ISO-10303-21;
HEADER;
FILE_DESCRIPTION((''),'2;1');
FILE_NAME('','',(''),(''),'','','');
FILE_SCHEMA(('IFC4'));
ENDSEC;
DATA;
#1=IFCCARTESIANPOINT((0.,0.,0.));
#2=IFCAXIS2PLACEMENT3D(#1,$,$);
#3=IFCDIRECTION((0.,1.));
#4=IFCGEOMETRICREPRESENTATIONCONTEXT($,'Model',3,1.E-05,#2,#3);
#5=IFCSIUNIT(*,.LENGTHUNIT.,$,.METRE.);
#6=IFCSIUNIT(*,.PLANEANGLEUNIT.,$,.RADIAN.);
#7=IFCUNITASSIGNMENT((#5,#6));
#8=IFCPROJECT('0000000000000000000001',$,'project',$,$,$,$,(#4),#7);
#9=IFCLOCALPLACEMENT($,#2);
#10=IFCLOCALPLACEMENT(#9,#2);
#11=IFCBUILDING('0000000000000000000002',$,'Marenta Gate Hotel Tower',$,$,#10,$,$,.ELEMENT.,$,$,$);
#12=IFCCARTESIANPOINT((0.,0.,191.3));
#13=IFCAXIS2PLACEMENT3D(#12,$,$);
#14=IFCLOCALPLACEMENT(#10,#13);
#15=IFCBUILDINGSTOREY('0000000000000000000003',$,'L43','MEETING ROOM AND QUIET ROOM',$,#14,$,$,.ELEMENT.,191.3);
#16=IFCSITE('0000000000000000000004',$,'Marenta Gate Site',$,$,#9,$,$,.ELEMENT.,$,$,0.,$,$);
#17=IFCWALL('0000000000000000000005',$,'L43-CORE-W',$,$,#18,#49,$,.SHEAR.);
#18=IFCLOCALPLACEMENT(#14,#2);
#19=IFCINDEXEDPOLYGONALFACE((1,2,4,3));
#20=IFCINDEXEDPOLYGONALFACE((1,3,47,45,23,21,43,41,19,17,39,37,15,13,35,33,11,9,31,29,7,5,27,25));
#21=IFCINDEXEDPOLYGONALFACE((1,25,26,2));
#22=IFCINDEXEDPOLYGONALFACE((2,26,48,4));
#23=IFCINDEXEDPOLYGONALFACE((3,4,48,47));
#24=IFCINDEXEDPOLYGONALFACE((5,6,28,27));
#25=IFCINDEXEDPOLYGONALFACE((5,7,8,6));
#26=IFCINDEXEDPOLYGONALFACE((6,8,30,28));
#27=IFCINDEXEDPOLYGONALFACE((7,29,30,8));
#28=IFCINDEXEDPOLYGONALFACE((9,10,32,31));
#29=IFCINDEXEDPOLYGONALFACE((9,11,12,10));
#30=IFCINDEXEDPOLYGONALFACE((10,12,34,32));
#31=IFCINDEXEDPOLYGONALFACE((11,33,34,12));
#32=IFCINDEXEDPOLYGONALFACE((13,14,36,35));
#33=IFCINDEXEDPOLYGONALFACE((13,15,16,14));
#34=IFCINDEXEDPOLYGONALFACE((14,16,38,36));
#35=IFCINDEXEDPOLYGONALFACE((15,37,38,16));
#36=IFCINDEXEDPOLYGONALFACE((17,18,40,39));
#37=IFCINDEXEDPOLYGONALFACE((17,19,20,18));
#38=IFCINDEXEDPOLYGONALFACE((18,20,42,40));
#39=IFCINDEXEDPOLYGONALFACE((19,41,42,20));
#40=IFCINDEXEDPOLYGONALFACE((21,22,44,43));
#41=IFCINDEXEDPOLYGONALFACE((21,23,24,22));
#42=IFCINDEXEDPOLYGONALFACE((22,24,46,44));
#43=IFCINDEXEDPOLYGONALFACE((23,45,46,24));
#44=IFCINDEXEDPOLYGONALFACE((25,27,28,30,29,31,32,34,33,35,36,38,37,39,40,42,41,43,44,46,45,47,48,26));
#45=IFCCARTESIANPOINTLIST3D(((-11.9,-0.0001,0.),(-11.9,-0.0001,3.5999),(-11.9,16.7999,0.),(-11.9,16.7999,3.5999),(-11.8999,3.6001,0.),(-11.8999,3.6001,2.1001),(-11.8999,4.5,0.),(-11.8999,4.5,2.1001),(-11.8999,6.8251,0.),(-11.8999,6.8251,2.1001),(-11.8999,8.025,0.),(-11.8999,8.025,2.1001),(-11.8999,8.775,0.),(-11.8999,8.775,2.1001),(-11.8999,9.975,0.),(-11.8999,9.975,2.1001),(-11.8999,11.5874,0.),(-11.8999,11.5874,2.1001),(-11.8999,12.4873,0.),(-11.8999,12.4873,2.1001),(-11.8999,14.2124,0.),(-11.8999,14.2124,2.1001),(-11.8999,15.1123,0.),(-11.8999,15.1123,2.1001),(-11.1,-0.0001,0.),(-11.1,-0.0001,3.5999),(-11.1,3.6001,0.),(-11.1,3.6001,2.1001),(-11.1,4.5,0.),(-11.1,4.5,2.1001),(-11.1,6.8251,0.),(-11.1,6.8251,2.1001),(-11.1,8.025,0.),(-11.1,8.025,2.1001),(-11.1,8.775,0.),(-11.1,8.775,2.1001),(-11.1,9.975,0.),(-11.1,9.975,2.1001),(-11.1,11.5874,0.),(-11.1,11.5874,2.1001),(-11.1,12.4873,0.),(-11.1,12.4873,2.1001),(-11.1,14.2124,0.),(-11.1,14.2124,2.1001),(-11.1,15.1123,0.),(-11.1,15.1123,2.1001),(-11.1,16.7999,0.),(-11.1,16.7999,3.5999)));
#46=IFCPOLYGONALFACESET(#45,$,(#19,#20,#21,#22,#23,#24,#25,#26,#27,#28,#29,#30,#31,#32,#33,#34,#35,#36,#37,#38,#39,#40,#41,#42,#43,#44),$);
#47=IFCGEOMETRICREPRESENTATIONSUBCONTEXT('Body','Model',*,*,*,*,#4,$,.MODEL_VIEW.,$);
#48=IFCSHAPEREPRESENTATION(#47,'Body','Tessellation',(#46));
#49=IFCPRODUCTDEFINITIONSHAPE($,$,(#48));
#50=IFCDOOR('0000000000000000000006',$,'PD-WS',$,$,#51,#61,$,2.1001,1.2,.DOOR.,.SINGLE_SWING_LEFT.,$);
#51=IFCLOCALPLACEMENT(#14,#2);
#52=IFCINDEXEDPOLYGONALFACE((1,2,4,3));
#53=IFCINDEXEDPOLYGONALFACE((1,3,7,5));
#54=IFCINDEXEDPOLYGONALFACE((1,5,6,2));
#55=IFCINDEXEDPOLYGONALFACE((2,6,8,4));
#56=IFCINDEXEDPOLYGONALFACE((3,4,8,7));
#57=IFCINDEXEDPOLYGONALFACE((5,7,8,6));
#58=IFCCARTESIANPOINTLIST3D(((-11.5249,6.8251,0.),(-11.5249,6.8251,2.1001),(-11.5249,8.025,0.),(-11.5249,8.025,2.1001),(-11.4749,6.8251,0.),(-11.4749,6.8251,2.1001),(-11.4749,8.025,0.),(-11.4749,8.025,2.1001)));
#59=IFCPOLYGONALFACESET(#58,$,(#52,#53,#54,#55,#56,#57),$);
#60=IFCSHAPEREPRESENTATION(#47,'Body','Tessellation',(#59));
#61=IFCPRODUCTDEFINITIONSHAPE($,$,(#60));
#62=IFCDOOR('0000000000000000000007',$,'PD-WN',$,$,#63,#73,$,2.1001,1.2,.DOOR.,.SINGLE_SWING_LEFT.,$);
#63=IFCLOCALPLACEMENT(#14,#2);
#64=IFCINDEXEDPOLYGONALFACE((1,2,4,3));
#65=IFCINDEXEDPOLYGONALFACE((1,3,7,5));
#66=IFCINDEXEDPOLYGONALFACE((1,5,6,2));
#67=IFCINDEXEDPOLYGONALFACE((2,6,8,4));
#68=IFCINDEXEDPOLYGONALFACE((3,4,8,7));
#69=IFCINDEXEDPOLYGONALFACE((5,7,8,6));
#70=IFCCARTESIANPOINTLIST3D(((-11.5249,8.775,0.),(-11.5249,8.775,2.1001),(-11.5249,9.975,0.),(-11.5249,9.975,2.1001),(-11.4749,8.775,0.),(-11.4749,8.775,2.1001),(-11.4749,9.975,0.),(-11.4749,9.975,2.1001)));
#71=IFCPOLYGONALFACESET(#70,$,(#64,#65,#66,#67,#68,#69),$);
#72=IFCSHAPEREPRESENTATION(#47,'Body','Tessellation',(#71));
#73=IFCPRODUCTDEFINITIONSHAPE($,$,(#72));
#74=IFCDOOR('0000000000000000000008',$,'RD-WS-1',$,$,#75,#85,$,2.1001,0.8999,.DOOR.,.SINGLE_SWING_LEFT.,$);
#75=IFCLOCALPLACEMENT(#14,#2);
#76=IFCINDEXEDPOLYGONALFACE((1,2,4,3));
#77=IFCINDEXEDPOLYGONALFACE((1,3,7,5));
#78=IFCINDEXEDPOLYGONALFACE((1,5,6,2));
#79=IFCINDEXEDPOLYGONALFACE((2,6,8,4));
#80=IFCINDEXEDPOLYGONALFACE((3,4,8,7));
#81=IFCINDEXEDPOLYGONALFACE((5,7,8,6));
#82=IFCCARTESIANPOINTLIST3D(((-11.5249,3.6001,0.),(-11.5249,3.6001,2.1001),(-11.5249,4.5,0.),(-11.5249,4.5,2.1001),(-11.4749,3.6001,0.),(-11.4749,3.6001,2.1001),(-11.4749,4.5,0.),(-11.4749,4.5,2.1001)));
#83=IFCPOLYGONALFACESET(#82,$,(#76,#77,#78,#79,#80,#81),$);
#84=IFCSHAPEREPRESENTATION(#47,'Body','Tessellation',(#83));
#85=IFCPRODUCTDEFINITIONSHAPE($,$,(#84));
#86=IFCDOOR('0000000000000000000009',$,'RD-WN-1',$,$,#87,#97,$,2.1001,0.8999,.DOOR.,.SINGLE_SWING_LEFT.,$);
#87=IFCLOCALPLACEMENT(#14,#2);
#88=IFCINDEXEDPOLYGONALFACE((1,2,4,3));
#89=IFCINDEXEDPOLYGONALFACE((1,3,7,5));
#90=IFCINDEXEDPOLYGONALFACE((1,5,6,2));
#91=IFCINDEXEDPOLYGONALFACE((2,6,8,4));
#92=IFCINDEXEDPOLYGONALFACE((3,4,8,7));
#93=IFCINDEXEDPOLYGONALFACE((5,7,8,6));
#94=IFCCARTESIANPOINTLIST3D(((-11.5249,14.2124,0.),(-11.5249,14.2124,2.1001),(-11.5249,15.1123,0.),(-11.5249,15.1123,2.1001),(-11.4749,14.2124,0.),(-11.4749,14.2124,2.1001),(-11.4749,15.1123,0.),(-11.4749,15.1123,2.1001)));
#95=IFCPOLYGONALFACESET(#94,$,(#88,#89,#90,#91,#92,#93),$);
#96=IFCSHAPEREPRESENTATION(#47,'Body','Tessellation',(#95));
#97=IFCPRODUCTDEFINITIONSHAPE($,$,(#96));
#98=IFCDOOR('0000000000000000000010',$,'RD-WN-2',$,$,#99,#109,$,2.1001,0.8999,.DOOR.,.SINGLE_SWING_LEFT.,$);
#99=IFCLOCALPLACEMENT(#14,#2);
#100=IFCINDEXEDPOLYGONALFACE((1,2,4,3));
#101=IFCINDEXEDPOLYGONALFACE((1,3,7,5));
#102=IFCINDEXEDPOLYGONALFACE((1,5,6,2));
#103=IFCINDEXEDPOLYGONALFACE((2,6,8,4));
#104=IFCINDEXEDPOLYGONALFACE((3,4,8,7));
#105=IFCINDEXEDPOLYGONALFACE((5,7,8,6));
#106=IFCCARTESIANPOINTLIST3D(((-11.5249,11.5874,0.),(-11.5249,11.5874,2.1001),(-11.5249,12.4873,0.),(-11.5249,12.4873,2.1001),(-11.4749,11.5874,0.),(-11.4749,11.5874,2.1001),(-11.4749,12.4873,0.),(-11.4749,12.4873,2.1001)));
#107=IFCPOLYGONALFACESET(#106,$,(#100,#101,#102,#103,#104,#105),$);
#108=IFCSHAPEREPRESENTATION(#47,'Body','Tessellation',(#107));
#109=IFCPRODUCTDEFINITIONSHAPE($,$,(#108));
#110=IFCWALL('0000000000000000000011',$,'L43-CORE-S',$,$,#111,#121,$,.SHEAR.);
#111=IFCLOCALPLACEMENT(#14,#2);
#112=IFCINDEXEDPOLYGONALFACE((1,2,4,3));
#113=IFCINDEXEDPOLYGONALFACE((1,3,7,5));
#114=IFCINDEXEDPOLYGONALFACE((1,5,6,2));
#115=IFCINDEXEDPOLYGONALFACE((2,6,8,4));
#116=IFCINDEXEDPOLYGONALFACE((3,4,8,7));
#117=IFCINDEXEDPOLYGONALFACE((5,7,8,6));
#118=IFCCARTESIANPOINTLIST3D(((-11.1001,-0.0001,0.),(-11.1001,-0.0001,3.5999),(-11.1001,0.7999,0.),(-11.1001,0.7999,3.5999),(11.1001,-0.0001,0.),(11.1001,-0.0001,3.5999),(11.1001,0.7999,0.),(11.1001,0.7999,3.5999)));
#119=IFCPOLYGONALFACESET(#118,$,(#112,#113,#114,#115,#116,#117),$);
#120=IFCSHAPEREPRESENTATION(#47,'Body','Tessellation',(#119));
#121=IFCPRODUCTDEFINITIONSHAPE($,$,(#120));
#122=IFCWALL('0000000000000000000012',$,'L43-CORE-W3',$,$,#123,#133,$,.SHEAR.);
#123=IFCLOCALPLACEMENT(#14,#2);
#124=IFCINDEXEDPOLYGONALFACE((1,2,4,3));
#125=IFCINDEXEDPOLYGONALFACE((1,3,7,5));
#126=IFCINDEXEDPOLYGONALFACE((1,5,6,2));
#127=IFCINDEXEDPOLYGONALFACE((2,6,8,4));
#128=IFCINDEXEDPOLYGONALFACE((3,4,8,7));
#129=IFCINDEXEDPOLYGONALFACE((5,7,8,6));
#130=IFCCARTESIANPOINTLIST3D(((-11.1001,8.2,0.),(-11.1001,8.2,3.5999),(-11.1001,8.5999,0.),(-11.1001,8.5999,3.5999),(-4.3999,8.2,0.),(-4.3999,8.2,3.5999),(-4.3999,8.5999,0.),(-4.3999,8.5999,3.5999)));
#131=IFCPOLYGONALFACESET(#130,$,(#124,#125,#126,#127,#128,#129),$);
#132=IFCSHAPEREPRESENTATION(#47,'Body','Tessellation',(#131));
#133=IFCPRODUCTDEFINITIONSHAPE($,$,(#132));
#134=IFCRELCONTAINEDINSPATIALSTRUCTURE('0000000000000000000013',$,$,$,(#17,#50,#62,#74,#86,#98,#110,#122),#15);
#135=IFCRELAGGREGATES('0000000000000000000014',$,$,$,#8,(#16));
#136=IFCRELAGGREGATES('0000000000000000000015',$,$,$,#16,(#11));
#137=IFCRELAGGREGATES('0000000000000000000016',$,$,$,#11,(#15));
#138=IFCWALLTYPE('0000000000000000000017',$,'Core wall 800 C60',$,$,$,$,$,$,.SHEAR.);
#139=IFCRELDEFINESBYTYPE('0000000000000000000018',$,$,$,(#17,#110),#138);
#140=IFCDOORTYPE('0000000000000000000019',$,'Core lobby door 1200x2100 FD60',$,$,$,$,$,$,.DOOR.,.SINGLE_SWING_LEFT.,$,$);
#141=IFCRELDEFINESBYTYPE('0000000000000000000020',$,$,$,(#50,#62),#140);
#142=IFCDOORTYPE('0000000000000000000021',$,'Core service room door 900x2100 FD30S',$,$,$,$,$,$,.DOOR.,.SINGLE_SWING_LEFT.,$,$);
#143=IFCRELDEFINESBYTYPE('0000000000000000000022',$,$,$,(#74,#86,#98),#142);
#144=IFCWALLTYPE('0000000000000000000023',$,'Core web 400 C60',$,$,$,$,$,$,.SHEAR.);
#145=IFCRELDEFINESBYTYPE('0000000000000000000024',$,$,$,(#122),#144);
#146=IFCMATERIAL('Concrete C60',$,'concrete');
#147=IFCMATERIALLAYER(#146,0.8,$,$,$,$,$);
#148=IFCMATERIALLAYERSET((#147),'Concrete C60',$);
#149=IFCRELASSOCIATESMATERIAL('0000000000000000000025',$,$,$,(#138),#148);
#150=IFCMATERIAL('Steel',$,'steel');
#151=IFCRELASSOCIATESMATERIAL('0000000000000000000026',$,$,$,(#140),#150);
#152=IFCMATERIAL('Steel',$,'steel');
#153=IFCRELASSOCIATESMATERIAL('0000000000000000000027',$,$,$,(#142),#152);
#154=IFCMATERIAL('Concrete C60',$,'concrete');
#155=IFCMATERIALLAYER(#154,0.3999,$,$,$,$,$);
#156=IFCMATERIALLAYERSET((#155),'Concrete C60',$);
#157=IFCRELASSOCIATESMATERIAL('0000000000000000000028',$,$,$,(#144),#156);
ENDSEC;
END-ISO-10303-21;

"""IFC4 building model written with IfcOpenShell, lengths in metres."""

from ifc_helpers import new_model, si_unit, direction, frame, frame_2d, origin, place, context, subcontext, project, spatial, rectangle, extrude, material, layer, layer_set, type_object, element, fill, save


model = new_model("IFC4")

# Units and contexts
model_context = context("Model", 3, precision=1e-05, world=origin(), true_north=direction((0.0, 1.0)))
body_context = subcontext(model_context, "Body", "Model", "MODEL_VIEW")
ifc_project = project(units=[si_unit("LENGTHUNIT", "METRE"), si_unit("PLANEANGLEUNIT", "RADIAN")], contexts=[model_context])

# Site, building, storey
site_placement = place(None, origin())
site = spatial("IfcSite", under=ifc_project, at=site_placement, Name="Marenta Gate Site", CompositionType="ELEMENT", RefElevation=0.0)
building_placement = place(site_placement, origin())
building = spatial("IfcBuilding", under=site, at=building_placement, Name="Marenta Gate Hotel Tower", CompositionType="ELEMENT")
storey_placement = place(building_placement, frame((0.0, 0.0, 191.3)))
storey = spatial("IfcBuildingStorey", under=building, at=storey_placement, Name="L43", Description="MEETING ROOM AND QUIET ROOM", CompositionType="ELEMENT", Elevation=191.3)

# Wall, openings, doors
ifc_material_1 = material(Name="Concrete C60", Category="concrete")
ifc_layer_1 = layer(ifc_material_1, 0.8)
ifc_layer_set_1 = layer_set([ifc_layer_1], Name="Concrete C60")
wall_type_1 = type_object("IfcWallType", Name="Core wall 800 C60", PredefinedType="SHEAR", material=ifc_layer_set_1)
wall_1_placement = place(storey_placement, frame((-11.5, 0.0, 0.0), z_axis=(0.0, 0.0, 1.0), x_axis=(0.0, 1.0, 0.0)))
wall_1 = element("IfcWall", 1, at=wall_1_placement, inside=storey, type_object=wall_type_1, Name="L43-CORE-W", PredefinedType="SHEAR", context=body_context, shape_type="SweptSolid", body=[
    extrude(rectangle(XDim=16.8, YDim=0.8, at=frame_2d((8.3999, 0.0))), origin(), (0.0, 0.0, 1.0), 3.5999),
])
opening_1_placement = place(wall_1_placement, frame((3.6001, 0.0, 0.0)))
opening_1 = element("IfcOpeningElement", 2, at=opening_1_placement, cuts=wall_1, PredefinedType="OPENING", context=body_context, shape_type="SweptSolid", body=[
    extrude(rectangle(XDim=0.8999, YDim=2.1001, at=frame_2d((0.45, 1.05))), frame((0.0, 0.3999, 0.0), z_axis=(0.0, -1.0, 0.0), x_axis=(1.0, 0.0, 0.0)), (0.0, 0.0, 1.0), 0.8),
])
opening_2_placement = place(wall_1_placement, frame((6.825, 0.0, 0.0)))
opening_2 = element("IfcOpeningElement", 3, at=opening_2_placement, cuts=wall_1, PredefinedType="OPENING", context=body_context, shape_type="SweptSolid", body=[
    extrude(rectangle(XDim=1.2, YDim=2.1001, at=frame_2d((0.6001, 1.05))), frame((0.0, 0.3999, 0.0), z_axis=(0.0, -1.0, 0.0), x_axis=(1.0, 0.0, 0.0)), (0.0, 0.0, 1.0), 0.8),
])
opening_3_placement = place(wall_1_placement, frame((14.2124, 0.0, 0.0)))
opening_3 = element("IfcOpeningElement", 4, at=opening_3_placement, cuts=wall_1, PredefinedType="OPENING", context=body_context, shape_type="SweptSolid", body=[
    extrude(rectangle(XDim=0.8999, YDim=2.1001, at=frame_2d((0.45, 1.05))), frame((0.0, 0.3999, 0.0), z_axis=(0.0, -1.0, 0.0), x_axis=(1.0, 0.0, 0.0)), (0.0, 0.0, 1.0), 0.8),
])
opening_4_placement = place(wall_1_placement, frame((11.5874, 0.0, 0.0)))
opening_4 = element("IfcOpeningElement", 5, at=opening_4_placement, cuts=wall_1, PredefinedType="OPENING", context=body_context, shape_type="SweptSolid", body=[
    extrude(rectangle(XDim=0.8999, YDim=2.1001, at=frame_2d((0.45, 1.05))), frame((0.0, 0.3999, 0.0), z_axis=(0.0, -1.0, 0.0), x_axis=(1.0, 0.0, 0.0)), (0.0, 0.0, 1.0), 0.8),
])
opening_5_placement = place(wall_1_placement, frame((8.7749, 0.0, 0.0)))
opening_5 = element("IfcOpeningElement", 6, at=opening_5_placement, cuts=wall_1, PredefinedType="OPENING", context=body_context, shape_type="SweptSolid", body=[
    extrude(rectangle(XDim=1.2, YDim=2.1001, at=frame_2d((0.6001, 1.05))), frame((0.0, 0.3999, 0.0), z_axis=(0.0, -1.0, 0.0), x_axis=(1.0, 0.0, 0.0)), (0.0, 0.0, 1.0), 0.8),
])
ifc_material_2 = material(Name="Steel", Category="steel")
door_type_1 = type_object("IfcDoorType", Name="Core lobby door 1200x2100 FD60", OperationType="SINGLE_SWING_LEFT", PredefinedType="DOOR", material=ifc_material_2)
door_1_placement = place(opening_2_placement, origin())
door_1 = element("IfcDoor", 7, at=door_1_placement, inside=storey, type_object=door_type_1, Name="PD-WS", OperationType="SINGLE_SWING_LEFT", OverallHeight=2.1001, OverallWidth=1.2, PredefinedType="DOOR", context=body_context, shape_type="SweptSolid", body=[
    extrude(rectangle(XDim=1.2, YDim=2.1001, at=frame_2d((0.6001, 1.05))), frame((0.0, 0.0249, 0.0), z_axis=(0.0, -1.0, 0.0), x_axis=(1.0, 0.0, 0.0)), (0.0, 0.0, 1.0), 0.05),
])
fill(opening_2, door_1)
door_2_placement = place(opening_5_placement, origin())
door_2 = element("IfcDoor", 8, at=door_2_placement, inside=storey, type_object=door_type_1, Name="PD-WN", OperationType="SINGLE_SWING_LEFT", OverallHeight=2.1001, OverallWidth=1.2, PredefinedType="DOOR", context=body_context, shape_type="SweptSolid", body=[
    extrude(rectangle(XDim=1.2, YDim=2.1001, at=frame_2d((0.6001, 1.05))), frame((0.0, 0.0249, 0.0), z_axis=(0.0, -1.0, 0.0), x_axis=(1.0, 0.0, 0.0)), (0.0, 0.0, 1.0), 0.05),
])
fill(opening_5, door_2)
ifc_material_3 = material(Name="Steel", Category="steel")
door_type_2 = type_object("IfcDoorType", Name="Core service room door 900x2100 FD30S", OperationType="SINGLE_SWING_LEFT", PredefinedType="DOOR", material=ifc_material_3)
door_3_placement = place(opening_1_placement, origin())
door_3 = element("IfcDoor", 9, at=door_3_placement, inside=storey, type_object=door_type_2, Name="RD-WS-1", OperationType="SINGLE_SWING_LEFT", OverallHeight=2.1001, OverallWidth=0.8999, PredefinedType="DOOR", context=body_context, shape_type="SweptSolid", body=[
    extrude(rectangle(XDim=0.8999, YDim=2.1001, at=frame_2d((0.45, 1.05))), frame((0.0, 0.0249, 0.0), z_axis=(0.0, -1.0, 0.0), x_axis=(1.0, 0.0, 0.0)), (0.0, 0.0, 1.0), 0.05),
])
fill(opening_1, door_3)
door_4_placement = place(opening_3_placement, origin())
door_4 = element("IfcDoor", 10, at=door_4_placement, inside=storey, type_object=door_type_2, Name="RD-WN-1", OperationType="SINGLE_SWING_LEFT", OverallHeight=2.1001, OverallWidth=0.8999, PredefinedType="DOOR", context=body_context, shape_type="SweptSolid", body=[
    extrude(rectangle(XDim=0.8999, YDim=2.1001, at=frame_2d((0.45, 1.05))), frame((0.0, 0.0249, 0.0), z_axis=(0.0, -1.0, 0.0), x_axis=(1.0, 0.0, 0.0)), (0.0, 0.0, 1.0), 0.05),
])
fill(opening_3, door_4)
door_5_placement = place(opening_4_placement, origin())
door_5 = element("IfcDoor", 11, at=door_5_placement, inside=storey, type_object=door_type_2, Name="RD-WN-2", OperationType="SINGLE_SWING_LEFT", OverallHeight=2.1001, OverallWidth=0.8999, PredefinedType="DOOR", context=body_context, shape_type="SweptSolid", body=[
    extrude(rectangle(XDim=0.8999, YDim=2.1001, at=frame_2d((0.45, 1.05))), frame((0.0, 0.0249, 0.0), z_axis=(0.0, -1.0, 0.0), x_axis=(1.0, 0.0, 0.0)), (0.0, 0.0, 1.0), 0.05),
])
fill(opening_4, door_5)

# Walls
wall_2_placement = place(storey_placement, frame((-11.1001, 0.3999, 0.0), z_axis=(0.0, 0.0, 1.0), x_axis=(1.0, 0.0, 0.0)))
element("IfcWall", 12, at=wall_2_placement, inside=storey, type_object=wall_type_1, Name="L43-CORE-S", PredefinedType="SHEAR", context=body_context, shape_type="SweptSolid", body=[
    extrude(rectangle(XDim=22.2002, YDim=0.8, at=frame_2d((11.1001, 0.0))), origin(), (0.0, 0.0, 1.0), 3.5999),
])
ifc_material_4 = material(Name="Concrete C60", Category="concrete")
ifc_layer_2 = layer(ifc_material_4, 0.3999)
ifc_layer_set_2 = layer_set([ifc_layer_2], Name="Concrete C60")
wall_type_2 = type_object("IfcWallType", Name="Core web 400 C60", PredefinedType="SHEAR", material=ifc_layer_set_2)
wall_3_placement = place(storey_placement, frame((-11.1001, 8.3999, 0.0), z_axis=(0.0, 0.0, 1.0), x_axis=(1.0, 0.0, 0.0)))
element("IfcWall", 13, at=wall_3_placement, inside=storey, type_object=wall_type_2, Name="L43-CORE-W3", PredefinedType="SHEAR", context=body_context, shape_type="SweptSolid", body=[
    extrude(rectangle(XDim=6.7002, YDim=0.3999, at=frame_2d((3.3501, 0.0))), origin(), (0.0, 0.0, 1.0), 3.5999),
])

save(model, "model.ifc")
